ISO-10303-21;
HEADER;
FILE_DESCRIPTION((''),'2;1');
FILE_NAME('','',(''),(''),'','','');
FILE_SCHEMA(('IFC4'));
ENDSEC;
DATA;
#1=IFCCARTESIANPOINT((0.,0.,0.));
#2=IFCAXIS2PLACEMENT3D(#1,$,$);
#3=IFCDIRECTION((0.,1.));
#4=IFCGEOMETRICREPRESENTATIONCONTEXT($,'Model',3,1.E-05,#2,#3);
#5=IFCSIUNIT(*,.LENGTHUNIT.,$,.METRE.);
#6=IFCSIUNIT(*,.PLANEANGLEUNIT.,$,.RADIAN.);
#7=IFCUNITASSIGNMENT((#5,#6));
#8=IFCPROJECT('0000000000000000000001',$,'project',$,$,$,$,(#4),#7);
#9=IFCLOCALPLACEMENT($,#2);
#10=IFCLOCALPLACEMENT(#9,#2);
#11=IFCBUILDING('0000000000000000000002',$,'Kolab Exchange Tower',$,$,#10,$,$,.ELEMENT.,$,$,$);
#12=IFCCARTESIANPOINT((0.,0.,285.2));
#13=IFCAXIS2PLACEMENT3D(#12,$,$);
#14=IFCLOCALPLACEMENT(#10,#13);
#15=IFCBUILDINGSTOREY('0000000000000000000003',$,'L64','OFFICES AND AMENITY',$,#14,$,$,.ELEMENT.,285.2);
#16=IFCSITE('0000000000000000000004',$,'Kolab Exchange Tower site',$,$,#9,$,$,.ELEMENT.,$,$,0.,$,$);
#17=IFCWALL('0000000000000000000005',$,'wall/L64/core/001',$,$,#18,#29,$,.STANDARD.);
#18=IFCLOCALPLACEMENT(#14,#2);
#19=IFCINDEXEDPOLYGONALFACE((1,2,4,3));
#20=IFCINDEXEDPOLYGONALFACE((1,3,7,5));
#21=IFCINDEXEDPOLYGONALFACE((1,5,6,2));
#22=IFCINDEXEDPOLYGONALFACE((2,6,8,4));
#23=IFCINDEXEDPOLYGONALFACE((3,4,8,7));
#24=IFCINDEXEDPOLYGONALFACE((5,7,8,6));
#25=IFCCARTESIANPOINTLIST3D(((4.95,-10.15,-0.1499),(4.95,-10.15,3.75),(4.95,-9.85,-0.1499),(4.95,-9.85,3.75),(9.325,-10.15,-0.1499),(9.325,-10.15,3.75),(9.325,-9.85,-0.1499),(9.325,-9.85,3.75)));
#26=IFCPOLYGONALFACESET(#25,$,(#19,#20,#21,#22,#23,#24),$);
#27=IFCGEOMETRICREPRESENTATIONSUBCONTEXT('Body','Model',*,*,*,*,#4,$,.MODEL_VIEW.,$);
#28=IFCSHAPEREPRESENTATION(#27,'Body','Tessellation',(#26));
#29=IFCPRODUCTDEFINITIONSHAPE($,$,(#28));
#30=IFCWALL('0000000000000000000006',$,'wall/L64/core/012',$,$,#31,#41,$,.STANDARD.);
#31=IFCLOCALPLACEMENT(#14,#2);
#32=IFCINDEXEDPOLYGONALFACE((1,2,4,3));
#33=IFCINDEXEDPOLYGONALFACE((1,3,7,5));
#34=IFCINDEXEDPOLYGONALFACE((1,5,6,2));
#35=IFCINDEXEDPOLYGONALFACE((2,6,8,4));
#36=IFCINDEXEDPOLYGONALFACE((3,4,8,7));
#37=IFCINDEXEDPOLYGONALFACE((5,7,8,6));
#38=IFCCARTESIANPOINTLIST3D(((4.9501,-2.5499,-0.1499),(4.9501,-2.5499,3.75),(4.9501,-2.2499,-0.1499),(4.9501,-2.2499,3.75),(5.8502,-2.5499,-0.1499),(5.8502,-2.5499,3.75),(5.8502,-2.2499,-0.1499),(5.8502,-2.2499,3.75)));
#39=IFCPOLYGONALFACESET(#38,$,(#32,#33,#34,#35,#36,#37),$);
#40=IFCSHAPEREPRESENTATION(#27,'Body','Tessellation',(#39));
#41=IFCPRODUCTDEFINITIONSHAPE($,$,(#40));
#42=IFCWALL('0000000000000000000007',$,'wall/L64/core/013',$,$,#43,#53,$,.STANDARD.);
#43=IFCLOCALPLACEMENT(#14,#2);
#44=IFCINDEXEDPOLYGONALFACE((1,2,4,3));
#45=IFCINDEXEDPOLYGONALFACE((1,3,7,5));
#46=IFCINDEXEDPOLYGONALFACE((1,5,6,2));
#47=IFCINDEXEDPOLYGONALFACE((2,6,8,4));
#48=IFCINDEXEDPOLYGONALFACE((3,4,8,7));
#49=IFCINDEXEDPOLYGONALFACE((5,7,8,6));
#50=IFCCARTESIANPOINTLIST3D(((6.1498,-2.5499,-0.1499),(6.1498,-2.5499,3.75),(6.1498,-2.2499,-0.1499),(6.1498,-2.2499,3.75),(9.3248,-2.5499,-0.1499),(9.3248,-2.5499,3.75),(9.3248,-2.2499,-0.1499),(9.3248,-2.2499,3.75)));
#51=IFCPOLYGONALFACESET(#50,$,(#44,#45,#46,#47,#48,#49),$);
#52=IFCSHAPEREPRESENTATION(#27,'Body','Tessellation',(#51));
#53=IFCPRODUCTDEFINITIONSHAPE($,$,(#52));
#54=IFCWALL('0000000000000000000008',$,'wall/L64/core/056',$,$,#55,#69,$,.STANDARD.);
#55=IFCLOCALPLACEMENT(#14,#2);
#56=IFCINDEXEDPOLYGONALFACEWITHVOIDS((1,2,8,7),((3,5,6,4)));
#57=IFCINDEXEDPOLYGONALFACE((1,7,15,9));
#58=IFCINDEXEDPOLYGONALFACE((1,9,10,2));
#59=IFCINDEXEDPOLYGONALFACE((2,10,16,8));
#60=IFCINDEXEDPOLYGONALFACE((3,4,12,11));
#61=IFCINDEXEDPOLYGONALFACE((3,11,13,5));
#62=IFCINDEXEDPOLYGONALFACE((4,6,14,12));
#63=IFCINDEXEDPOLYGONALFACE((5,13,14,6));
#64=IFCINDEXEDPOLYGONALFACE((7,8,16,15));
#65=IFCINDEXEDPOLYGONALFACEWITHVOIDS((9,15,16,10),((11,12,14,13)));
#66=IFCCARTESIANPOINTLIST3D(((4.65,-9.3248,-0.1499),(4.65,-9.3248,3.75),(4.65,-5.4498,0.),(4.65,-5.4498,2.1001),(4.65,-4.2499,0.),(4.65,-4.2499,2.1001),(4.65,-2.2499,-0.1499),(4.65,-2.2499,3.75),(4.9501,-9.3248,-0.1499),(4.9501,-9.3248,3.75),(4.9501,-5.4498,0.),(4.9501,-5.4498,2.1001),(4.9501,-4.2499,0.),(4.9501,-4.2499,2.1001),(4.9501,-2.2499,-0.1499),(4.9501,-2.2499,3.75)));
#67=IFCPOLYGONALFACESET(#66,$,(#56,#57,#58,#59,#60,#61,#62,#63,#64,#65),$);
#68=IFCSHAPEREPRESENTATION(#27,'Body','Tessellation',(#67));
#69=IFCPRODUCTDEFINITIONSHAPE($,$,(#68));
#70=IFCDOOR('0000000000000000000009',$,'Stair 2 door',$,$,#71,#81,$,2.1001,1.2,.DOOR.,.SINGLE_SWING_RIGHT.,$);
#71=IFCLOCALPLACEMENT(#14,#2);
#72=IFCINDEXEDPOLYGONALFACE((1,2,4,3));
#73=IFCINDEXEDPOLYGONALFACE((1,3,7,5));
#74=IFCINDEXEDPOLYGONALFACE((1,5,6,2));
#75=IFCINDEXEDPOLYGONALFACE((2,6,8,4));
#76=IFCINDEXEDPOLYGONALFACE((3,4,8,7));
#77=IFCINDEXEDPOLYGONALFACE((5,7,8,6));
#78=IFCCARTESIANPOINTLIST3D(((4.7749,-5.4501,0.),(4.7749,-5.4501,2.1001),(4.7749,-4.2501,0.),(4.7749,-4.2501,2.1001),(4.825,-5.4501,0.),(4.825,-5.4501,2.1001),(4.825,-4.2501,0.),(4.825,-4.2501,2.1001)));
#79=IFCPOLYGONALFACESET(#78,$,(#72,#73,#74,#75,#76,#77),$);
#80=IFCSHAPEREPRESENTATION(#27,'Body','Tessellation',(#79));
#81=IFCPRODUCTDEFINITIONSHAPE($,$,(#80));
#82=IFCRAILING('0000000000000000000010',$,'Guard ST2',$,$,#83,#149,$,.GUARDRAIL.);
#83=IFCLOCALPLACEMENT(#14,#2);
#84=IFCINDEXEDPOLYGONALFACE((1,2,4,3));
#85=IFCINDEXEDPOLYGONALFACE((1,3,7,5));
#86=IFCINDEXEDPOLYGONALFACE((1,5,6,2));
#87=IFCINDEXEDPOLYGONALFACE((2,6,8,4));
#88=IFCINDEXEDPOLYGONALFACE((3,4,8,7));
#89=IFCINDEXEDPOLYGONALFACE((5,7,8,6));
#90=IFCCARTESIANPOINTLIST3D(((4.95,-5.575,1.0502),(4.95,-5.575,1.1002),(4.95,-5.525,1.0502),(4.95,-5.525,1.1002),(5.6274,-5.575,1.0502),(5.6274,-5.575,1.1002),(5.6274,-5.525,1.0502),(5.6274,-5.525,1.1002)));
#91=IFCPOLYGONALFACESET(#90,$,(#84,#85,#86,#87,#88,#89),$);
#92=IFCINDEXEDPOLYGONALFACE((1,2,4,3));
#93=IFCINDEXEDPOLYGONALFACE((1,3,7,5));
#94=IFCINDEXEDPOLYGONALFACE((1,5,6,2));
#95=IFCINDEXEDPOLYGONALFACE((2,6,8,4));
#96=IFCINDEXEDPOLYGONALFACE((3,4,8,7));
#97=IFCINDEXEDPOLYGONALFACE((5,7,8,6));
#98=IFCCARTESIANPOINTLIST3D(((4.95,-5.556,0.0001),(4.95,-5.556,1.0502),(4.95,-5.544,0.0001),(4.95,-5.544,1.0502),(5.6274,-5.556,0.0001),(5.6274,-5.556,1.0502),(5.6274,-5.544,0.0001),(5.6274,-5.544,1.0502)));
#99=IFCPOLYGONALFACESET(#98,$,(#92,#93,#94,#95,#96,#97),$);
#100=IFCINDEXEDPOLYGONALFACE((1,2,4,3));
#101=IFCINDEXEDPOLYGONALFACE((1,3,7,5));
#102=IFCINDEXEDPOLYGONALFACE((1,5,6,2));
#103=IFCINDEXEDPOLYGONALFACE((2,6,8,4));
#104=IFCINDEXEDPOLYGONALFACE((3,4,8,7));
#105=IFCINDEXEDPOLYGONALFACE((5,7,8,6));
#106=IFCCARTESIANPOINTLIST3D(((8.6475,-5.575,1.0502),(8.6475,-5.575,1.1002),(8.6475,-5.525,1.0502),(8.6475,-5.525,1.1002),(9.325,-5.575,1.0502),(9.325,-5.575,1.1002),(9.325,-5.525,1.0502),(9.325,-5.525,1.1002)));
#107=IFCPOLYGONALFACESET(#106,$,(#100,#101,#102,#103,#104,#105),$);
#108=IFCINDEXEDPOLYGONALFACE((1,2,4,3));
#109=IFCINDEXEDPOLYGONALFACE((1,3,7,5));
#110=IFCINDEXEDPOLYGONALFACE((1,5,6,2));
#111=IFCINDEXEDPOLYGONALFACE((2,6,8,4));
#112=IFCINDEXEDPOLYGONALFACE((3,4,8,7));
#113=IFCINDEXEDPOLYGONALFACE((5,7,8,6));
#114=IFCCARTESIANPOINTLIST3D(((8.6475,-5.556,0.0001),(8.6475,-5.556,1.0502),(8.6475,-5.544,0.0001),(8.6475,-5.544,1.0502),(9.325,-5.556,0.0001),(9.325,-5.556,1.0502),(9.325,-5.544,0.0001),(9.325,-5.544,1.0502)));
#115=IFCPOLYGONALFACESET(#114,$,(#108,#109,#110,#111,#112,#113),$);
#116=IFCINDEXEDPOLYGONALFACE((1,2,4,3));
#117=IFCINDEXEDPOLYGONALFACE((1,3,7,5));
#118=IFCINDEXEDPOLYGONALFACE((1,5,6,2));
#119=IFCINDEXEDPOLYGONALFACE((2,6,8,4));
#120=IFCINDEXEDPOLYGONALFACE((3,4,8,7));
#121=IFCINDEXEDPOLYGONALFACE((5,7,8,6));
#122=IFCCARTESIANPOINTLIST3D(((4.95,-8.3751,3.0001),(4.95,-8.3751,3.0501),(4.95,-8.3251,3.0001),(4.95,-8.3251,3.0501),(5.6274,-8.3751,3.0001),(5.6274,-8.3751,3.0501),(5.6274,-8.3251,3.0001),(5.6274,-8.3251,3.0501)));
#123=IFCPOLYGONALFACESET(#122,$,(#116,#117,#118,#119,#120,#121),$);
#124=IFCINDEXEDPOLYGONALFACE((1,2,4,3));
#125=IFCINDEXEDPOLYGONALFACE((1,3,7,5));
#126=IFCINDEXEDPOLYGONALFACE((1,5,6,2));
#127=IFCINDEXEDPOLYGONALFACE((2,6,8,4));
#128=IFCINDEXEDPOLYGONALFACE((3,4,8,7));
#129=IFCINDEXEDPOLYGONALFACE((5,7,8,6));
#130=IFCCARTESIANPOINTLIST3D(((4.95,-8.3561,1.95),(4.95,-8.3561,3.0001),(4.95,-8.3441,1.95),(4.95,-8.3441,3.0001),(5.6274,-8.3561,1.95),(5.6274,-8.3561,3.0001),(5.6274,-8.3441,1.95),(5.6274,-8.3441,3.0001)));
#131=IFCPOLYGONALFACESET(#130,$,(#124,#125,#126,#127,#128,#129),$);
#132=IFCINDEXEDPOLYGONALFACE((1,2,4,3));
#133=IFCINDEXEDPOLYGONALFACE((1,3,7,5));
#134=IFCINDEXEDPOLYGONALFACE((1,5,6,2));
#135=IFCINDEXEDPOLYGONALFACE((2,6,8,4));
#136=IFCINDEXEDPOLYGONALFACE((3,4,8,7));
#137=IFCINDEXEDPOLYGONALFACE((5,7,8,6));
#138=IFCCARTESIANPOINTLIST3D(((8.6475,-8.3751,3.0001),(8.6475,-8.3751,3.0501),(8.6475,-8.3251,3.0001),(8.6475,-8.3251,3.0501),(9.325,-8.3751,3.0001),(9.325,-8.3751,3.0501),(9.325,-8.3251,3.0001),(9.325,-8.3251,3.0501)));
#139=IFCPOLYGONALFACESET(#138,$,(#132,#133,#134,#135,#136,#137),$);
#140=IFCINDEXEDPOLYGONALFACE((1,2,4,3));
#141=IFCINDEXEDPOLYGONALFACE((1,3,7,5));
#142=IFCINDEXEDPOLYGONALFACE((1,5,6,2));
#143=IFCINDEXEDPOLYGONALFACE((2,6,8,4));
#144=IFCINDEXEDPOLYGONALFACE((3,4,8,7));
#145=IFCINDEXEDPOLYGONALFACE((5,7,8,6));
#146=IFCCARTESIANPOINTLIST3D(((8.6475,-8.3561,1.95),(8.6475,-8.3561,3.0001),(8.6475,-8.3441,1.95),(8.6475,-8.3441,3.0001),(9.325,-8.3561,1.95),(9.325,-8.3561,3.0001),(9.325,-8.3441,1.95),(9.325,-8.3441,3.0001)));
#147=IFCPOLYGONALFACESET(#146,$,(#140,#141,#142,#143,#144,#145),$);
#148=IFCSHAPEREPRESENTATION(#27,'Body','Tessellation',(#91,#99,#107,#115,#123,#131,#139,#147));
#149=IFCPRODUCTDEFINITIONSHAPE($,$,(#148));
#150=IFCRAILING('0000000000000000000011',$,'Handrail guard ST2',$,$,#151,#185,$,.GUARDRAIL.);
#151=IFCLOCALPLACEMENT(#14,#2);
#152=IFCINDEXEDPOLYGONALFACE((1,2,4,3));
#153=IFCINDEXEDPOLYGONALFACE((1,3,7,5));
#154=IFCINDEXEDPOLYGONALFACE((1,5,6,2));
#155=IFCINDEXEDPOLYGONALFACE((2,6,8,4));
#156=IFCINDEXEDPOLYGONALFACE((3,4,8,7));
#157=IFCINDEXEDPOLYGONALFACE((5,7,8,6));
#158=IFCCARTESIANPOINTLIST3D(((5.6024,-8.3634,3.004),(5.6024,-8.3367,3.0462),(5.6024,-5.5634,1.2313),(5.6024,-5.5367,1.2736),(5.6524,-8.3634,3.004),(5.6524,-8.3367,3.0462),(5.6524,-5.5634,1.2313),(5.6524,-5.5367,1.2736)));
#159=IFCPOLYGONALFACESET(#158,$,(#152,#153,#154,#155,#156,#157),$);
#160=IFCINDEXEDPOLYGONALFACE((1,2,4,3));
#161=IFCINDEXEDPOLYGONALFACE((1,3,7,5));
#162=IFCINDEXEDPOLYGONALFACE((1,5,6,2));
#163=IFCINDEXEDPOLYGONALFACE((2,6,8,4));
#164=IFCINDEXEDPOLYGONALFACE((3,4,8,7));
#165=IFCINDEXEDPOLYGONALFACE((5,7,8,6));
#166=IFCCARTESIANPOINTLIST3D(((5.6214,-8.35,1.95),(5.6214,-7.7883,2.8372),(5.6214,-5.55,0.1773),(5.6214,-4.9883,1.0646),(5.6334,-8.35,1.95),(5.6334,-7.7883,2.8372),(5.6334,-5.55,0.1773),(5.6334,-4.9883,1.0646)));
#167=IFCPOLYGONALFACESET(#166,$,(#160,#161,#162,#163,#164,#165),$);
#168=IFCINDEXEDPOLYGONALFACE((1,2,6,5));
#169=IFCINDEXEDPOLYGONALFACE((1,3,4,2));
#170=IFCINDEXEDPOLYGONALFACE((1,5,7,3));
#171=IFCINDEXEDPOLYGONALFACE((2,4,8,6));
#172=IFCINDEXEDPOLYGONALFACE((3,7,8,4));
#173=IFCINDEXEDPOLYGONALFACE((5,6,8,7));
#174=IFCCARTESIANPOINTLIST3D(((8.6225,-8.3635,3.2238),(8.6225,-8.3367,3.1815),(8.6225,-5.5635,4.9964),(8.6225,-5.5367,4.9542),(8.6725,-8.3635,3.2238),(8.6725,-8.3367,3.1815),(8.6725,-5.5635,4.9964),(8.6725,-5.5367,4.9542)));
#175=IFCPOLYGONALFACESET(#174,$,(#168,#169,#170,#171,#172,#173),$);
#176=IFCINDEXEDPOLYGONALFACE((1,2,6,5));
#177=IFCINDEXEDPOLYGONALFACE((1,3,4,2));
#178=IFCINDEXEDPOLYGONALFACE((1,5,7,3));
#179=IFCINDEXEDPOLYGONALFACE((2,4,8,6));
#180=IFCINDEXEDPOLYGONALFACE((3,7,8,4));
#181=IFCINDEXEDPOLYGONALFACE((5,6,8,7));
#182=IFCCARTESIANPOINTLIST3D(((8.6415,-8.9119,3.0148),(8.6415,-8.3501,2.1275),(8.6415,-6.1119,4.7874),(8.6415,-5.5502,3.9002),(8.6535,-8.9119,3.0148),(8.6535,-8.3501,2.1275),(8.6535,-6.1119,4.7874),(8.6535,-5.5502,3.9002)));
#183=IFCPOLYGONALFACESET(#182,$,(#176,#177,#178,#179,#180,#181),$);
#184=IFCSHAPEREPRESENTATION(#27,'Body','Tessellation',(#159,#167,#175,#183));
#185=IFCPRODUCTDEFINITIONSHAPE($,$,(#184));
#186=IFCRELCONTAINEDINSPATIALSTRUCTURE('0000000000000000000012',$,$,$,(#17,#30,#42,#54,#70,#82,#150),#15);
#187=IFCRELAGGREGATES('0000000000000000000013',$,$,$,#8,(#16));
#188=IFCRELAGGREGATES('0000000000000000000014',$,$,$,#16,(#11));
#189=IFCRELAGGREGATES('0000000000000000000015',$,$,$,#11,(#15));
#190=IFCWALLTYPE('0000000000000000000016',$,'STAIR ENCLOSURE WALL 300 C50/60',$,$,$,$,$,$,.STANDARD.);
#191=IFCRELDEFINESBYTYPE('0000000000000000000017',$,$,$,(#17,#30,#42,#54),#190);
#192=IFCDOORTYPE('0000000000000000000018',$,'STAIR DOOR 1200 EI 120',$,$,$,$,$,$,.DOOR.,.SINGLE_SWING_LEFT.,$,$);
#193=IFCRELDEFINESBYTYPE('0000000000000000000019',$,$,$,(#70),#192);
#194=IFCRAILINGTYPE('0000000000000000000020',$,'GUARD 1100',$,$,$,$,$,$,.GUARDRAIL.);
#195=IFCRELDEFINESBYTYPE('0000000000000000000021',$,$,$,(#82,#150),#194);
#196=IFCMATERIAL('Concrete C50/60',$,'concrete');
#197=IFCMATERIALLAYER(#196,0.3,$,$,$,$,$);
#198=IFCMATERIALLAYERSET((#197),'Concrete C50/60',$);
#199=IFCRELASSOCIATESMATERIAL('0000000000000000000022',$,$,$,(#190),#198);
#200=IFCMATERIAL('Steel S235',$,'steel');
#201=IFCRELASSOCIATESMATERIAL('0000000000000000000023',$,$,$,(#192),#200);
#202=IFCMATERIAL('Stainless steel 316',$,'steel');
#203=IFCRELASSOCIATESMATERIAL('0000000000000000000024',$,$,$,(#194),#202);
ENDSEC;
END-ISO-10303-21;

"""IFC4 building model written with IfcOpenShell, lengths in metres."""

from ifc_helpers import new_model, si_unit, direction, frame, frame_2d, origin, origin_2d, place, context, subcontext, project, spatial, rectangle, extrude, material, layer, layer_set, type_object, element, fill, save


model = new_model("IFC4")

# Units and contexts
model_context = context("Model", 3, precision=1e-05, world=origin(), true_north=direction((0.0, 1.0)))
body_context = subcontext(model_context, "Body", "Model", "MODEL_VIEW")
ifc_project = project(units=[si_unit("LENGTHUNIT", "METRE"), si_unit("PLANEANGLEUNIT", "RADIAN")], contexts=[model_context])

# Site, building, storey
site_placement = place(None, origin())
site = spatial("IfcSite", under=ifc_project, at=site_placement, Name="Kolab Exchange Tower site", CompositionType="ELEMENT", RefElevation=0.0)
building_placement = place(site_placement, origin())
building = spatial("IfcBuilding", under=site, at=building_placement, Name="Kolab Exchange Tower", CompositionType="ELEMENT")
storey_placement = place(building_placement, frame((0.0, 0.0, 285.2)))
storey = spatial("IfcBuildingStorey", under=building, at=storey_placement, Name="L64", Description="OFFICES AND AMENITY", CompositionType="ELEMENT", Elevation=285.2)

# Shared definitions
ifc_material_1 = material(Name="Concrete C50/60", Category="concrete")

# Shared definitions
ifc_material_2 = material(Name="Stainless steel 316", Category="steel")

# Walls
ifc_layer_1 = layer(ifc_material_1, 0.3)
ifc_layer_set_1 = layer_set([ifc_layer_1], Name="Concrete C50/60")
wall_type_1 = type_object("IfcWallType", Name="STAIR ENCLOSURE WALL 300 C50/60", PredefinedType="STANDARD", material=ifc_layer_set_1)
wall_1_placement = place(storey_placement, frame((4.95, -10.0, -0.1499), z_axis=(0.0, 0.0, 1.0), x_axis=(1.0, 0.0, 0.0)))
element("IfcWall", 1, at=wall_1_placement, inside=storey, type_object=wall_type_1, Name="wall/L64/core/001", PredefinedType="STANDARD", context=body_context, shape_type="SweptSolid", body=[
    extrude(rectangle(XDim=4.375, YDim=0.3, at=frame_2d((2.1875, 0.0))), origin(), (0.0, 0.0, 1.0), 3.8999),
])
wall_2_placement = place(storey_placement, frame((4.95, -2.3999, -0.1499), z_axis=(0.0, 0.0, 1.0), x_axis=(1.0, 0.0, 0.0)))
element("IfcWall", 2, at=wall_2_placement, inside=storey, type_object=wall_type_1, Name="wall/L64/core/012", PredefinedType="STANDARD", context=body_context, shape_type="SweptSolid", body=[
    extrude(rectangle(XDim=0.9001, YDim=0.3, at=frame_2d((0.4502, 0.0))), origin(), (0.0, 0.0, 1.0), 3.8999),
])
wall_3_placement = place(storey_placement, frame((6.1499, -2.3999, -0.1499), z_axis=(0.0, 0.0, 1.0), x_axis=(1.0, 0.0, 0.0)))
element("IfcWall", 3, at=wall_3_placement, inside=storey, type_object=wall_type_1, Name="wall/L64/core/013", PredefinedType="STANDARD", context=body_context, shape_type="SweptSolid", body=[
    extrude(rectangle(XDim=3.175, YDim=0.3, at=frame_2d((1.5874, 0.0))), origin(), (0.0, 0.0, 1.0), 3.8999),
])

# Wall, opening, door
wall_4_placement = place(storey_placement, frame((4.8, -9.325, -0.1499), z_axis=(0.0, 0.0, 1.0), x_axis=(0.0, 1.0, 0.0)))
wall_4 = element("IfcWall", 4, at=wall_4_placement, inside=storey, type_object=wall_type_1, Name="wall/L64/core/056", PredefinedType="STANDARD", context=body_context, shape_type="SweptSolid", body=[
    extrude(rectangle(XDim=7.075, YDim=0.3, at=frame_2d((3.5376, 0.0))), origin(), (0.0, 0.0, 1.0), 3.8999),
])
opening_1_placement = place(wall_4_placement, frame((3.875, 0.0, 0.1499)))
opening_1 = element("IfcOpeningElement", 5, at=opening_1_placement, cuts=wall_4, PredefinedType="OPENING", context=body_context, shape_type="SweptSolid", body=[
    extrude(rectangle(XDim=1.2, YDim=2.1001, at=frame_2d((0.6001, 1.05))), frame((0.0, 0.1602, 0.0), z_axis=(0.0, -1.0, 0.0), x_axis=(1.0, 0.0, 0.0)), (0.0, 0.0, 1.0), 0.3201),
])
ifc_material_3 = material(Name="Steel S235", Category="steel")
door_type_1 = type_object("IfcDoorType", Name="STAIR DOOR 1200 EI 120", OperationType="SINGLE_SWING_LEFT", PredefinedType="DOOR", material=ifc_material_3)
door_1_placement = place(opening_1_placement, frame((1.2, 0.0, 0.0), z_axis=(0.0, 0.0, 1.0), x_axis=(-1.0, 0.0, 0.0)))
door_1 = element("IfcDoor", 6, at=door_1_placement, inside=storey, type_object=door_type_1, Name="Stair 2 door", OperationType="SINGLE_SWING_RIGHT", OverallHeight=2.1001, OverallWidth=1.2, PredefinedType="DOOR", context=body_context, shape_type="SweptSolid", body=[
    extrude(rectangle(XDim=1.2, YDim=2.1001, at=frame_2d((0.6001, 1.05))), frame((0.0, 0.0249, 0.0), z_axis=(0.0, -1.0, 0.0), x_axis=(1.0, 0.0, 0.0)), (0.0, 0.0, 1.0), 0.05),
])
fill(opening_1, door_1)

# Railings
railing_type = type_object("IfcRailingType", Name="GUARD 1100", PredefinedType="GUARDRAIL", material=ifc_material_2)
railing_1_placement = place(storey_placement, frame((4.95, -5.55, 0.0)))
element("IfcRailing", 7, at=railing_1_placement, inside=storey, type_object=railing_type, Name="Guard ST2", PredefinedType="GUARDRAIL", context=body_context, shape_type="SweptSolid", body=[
    extrude(rectangle(XDim=0.05, YDim=0.05, at=origin_2d()), frame((0.0, 0.0, 1.0752), z_axis=(1.0, 0.0, 0.0), x_axis=(0.0, 1.0, 0.0)), (0.0, 0.0, 1.0), 0.6775),
    extrude(rectangle(XDim=0.012, YDim=1.0501, at=frame_2d((0.0, 0.5251))), frame((0.0, 0.0, 0.0), z_axis=(1.0, 0.0, 0.0), x_axis=(0.0, 1.0, 0.0)), (0.0, 0.0, 1.0), 0.6775),
    extrude(rectangle(XDim=0.05, YDim=0.05, at=origin_2d()), frame((3.6975, 0.0, 1.0752), z_axis=(1.0, 0.0, 0.0), x_axis=(0.0, 1.0, 0.0)), (0.0, 0.0, 1.0), 0.6775),
    extrude(rectangle(XDim=0.012, YDim=1.0501, at=frame_2d((0.0, 0.5251))), frame((3.6975, 0.0, 0.0), z_axis=(1.0, 0.0, 0.0), x_axis=(0.0, 1.0, 0.0)), (0.0, 0.0, 1.0), 0.6775),
    extrude(rectangle(XDim=0.05, YDim=0.05, at=origin_2d()), frame((0.0, -2.8, 3.0251), z_axis=(1.0, 0.0, 0.0), x_axis=(0.0, 1.0, 0.0)), (0.0, 0.0, 1.0), 0.6775),
    extrude(rectangle(XDim=0.012, YDim=1.0501, at=frame_2d((0.0, 0.5251))), frame((0.0, -2.8, 1.95), z_axis=(1.0, 0.0, 0.0), x_axis=(0.0, 1.0, 0.0)), (0.0, 0.0, 1.0), 0.6775),
    extrude(rectangle(XDim=0.05, YDim=0.05, at=origin_2d()), frame((3.6975, -2.8, 3.0251), z_axis=(1.0, 0.0, 0.0), x_axis=(0.0, 1.0, 0.0)), (0.0, 0.0, 1.0), 0.6775),
    extrude(rectangle(XDim=0.012, YDim=1.0501, at=frame_2d((0.0, 0.5251))), frame((3.6975, -2.8, 1.95), z_axis=(1.0, 0.0, 0.0), x_axis=(0.0, 1.0, 0.0)), (0.0, 0.0, 1.0), 0.6775),
])
railing_2_placement = place(storey_placement, frame((5.6274, -5.55, 0.1772)))
element("IfcRailing", 8, at=railing_2_placement, inside=storey, type_object=railing_type, Name="Handrail guard ST2", PredefinedType="GUARDRAIL", context=body_context, shape_type="SweptSolid", body=[
    extrude(rectangle(XDim=0.05, YDim=0.05, at=origin_2d()), frame((0.0, 0.0, 1.0752), z_axis=(0.0, -0.844909, 0.53491), x_axis=(1.0, 0.0, 0.0)), (0.0, 0.0, 1.0), 3.314),
    extrude(rectangle(XDim=0.012, YDim=1.0501, at=frame_2d((0.0, 0.5251))), frame((0.0, 0.0, 0.0), z_axis=(0.0, -0.844909, 0.53491), x_axis=(1.0, 0.0, 0.0)), (0.0, 0.0, 1.0), 3.314),
    extrude(rectangle(XDim=0.05, YDim=0.05, at=origin_2d()), frame((3.02, -2.8, 3.0254), z_axis=(0.0, 0.844909, 0.53491), x_axis=(-1.0, 0.0, 0.0)), (0.0, 0.0, 1.0), 3.314),
    extrude(rectangle(XDim=0.012, YDim=1.0501, at=frame_2d((0.0, 0.5251))), frame((3.02, -2.8, 1.9502), z_axis=(0.0, 0.844909, 0.53491), x_axis=(-1.0, 0.0, 0.0)), (0.0, 0.0, 1.0), 3.314),
])

save(model, "model.ifc")
